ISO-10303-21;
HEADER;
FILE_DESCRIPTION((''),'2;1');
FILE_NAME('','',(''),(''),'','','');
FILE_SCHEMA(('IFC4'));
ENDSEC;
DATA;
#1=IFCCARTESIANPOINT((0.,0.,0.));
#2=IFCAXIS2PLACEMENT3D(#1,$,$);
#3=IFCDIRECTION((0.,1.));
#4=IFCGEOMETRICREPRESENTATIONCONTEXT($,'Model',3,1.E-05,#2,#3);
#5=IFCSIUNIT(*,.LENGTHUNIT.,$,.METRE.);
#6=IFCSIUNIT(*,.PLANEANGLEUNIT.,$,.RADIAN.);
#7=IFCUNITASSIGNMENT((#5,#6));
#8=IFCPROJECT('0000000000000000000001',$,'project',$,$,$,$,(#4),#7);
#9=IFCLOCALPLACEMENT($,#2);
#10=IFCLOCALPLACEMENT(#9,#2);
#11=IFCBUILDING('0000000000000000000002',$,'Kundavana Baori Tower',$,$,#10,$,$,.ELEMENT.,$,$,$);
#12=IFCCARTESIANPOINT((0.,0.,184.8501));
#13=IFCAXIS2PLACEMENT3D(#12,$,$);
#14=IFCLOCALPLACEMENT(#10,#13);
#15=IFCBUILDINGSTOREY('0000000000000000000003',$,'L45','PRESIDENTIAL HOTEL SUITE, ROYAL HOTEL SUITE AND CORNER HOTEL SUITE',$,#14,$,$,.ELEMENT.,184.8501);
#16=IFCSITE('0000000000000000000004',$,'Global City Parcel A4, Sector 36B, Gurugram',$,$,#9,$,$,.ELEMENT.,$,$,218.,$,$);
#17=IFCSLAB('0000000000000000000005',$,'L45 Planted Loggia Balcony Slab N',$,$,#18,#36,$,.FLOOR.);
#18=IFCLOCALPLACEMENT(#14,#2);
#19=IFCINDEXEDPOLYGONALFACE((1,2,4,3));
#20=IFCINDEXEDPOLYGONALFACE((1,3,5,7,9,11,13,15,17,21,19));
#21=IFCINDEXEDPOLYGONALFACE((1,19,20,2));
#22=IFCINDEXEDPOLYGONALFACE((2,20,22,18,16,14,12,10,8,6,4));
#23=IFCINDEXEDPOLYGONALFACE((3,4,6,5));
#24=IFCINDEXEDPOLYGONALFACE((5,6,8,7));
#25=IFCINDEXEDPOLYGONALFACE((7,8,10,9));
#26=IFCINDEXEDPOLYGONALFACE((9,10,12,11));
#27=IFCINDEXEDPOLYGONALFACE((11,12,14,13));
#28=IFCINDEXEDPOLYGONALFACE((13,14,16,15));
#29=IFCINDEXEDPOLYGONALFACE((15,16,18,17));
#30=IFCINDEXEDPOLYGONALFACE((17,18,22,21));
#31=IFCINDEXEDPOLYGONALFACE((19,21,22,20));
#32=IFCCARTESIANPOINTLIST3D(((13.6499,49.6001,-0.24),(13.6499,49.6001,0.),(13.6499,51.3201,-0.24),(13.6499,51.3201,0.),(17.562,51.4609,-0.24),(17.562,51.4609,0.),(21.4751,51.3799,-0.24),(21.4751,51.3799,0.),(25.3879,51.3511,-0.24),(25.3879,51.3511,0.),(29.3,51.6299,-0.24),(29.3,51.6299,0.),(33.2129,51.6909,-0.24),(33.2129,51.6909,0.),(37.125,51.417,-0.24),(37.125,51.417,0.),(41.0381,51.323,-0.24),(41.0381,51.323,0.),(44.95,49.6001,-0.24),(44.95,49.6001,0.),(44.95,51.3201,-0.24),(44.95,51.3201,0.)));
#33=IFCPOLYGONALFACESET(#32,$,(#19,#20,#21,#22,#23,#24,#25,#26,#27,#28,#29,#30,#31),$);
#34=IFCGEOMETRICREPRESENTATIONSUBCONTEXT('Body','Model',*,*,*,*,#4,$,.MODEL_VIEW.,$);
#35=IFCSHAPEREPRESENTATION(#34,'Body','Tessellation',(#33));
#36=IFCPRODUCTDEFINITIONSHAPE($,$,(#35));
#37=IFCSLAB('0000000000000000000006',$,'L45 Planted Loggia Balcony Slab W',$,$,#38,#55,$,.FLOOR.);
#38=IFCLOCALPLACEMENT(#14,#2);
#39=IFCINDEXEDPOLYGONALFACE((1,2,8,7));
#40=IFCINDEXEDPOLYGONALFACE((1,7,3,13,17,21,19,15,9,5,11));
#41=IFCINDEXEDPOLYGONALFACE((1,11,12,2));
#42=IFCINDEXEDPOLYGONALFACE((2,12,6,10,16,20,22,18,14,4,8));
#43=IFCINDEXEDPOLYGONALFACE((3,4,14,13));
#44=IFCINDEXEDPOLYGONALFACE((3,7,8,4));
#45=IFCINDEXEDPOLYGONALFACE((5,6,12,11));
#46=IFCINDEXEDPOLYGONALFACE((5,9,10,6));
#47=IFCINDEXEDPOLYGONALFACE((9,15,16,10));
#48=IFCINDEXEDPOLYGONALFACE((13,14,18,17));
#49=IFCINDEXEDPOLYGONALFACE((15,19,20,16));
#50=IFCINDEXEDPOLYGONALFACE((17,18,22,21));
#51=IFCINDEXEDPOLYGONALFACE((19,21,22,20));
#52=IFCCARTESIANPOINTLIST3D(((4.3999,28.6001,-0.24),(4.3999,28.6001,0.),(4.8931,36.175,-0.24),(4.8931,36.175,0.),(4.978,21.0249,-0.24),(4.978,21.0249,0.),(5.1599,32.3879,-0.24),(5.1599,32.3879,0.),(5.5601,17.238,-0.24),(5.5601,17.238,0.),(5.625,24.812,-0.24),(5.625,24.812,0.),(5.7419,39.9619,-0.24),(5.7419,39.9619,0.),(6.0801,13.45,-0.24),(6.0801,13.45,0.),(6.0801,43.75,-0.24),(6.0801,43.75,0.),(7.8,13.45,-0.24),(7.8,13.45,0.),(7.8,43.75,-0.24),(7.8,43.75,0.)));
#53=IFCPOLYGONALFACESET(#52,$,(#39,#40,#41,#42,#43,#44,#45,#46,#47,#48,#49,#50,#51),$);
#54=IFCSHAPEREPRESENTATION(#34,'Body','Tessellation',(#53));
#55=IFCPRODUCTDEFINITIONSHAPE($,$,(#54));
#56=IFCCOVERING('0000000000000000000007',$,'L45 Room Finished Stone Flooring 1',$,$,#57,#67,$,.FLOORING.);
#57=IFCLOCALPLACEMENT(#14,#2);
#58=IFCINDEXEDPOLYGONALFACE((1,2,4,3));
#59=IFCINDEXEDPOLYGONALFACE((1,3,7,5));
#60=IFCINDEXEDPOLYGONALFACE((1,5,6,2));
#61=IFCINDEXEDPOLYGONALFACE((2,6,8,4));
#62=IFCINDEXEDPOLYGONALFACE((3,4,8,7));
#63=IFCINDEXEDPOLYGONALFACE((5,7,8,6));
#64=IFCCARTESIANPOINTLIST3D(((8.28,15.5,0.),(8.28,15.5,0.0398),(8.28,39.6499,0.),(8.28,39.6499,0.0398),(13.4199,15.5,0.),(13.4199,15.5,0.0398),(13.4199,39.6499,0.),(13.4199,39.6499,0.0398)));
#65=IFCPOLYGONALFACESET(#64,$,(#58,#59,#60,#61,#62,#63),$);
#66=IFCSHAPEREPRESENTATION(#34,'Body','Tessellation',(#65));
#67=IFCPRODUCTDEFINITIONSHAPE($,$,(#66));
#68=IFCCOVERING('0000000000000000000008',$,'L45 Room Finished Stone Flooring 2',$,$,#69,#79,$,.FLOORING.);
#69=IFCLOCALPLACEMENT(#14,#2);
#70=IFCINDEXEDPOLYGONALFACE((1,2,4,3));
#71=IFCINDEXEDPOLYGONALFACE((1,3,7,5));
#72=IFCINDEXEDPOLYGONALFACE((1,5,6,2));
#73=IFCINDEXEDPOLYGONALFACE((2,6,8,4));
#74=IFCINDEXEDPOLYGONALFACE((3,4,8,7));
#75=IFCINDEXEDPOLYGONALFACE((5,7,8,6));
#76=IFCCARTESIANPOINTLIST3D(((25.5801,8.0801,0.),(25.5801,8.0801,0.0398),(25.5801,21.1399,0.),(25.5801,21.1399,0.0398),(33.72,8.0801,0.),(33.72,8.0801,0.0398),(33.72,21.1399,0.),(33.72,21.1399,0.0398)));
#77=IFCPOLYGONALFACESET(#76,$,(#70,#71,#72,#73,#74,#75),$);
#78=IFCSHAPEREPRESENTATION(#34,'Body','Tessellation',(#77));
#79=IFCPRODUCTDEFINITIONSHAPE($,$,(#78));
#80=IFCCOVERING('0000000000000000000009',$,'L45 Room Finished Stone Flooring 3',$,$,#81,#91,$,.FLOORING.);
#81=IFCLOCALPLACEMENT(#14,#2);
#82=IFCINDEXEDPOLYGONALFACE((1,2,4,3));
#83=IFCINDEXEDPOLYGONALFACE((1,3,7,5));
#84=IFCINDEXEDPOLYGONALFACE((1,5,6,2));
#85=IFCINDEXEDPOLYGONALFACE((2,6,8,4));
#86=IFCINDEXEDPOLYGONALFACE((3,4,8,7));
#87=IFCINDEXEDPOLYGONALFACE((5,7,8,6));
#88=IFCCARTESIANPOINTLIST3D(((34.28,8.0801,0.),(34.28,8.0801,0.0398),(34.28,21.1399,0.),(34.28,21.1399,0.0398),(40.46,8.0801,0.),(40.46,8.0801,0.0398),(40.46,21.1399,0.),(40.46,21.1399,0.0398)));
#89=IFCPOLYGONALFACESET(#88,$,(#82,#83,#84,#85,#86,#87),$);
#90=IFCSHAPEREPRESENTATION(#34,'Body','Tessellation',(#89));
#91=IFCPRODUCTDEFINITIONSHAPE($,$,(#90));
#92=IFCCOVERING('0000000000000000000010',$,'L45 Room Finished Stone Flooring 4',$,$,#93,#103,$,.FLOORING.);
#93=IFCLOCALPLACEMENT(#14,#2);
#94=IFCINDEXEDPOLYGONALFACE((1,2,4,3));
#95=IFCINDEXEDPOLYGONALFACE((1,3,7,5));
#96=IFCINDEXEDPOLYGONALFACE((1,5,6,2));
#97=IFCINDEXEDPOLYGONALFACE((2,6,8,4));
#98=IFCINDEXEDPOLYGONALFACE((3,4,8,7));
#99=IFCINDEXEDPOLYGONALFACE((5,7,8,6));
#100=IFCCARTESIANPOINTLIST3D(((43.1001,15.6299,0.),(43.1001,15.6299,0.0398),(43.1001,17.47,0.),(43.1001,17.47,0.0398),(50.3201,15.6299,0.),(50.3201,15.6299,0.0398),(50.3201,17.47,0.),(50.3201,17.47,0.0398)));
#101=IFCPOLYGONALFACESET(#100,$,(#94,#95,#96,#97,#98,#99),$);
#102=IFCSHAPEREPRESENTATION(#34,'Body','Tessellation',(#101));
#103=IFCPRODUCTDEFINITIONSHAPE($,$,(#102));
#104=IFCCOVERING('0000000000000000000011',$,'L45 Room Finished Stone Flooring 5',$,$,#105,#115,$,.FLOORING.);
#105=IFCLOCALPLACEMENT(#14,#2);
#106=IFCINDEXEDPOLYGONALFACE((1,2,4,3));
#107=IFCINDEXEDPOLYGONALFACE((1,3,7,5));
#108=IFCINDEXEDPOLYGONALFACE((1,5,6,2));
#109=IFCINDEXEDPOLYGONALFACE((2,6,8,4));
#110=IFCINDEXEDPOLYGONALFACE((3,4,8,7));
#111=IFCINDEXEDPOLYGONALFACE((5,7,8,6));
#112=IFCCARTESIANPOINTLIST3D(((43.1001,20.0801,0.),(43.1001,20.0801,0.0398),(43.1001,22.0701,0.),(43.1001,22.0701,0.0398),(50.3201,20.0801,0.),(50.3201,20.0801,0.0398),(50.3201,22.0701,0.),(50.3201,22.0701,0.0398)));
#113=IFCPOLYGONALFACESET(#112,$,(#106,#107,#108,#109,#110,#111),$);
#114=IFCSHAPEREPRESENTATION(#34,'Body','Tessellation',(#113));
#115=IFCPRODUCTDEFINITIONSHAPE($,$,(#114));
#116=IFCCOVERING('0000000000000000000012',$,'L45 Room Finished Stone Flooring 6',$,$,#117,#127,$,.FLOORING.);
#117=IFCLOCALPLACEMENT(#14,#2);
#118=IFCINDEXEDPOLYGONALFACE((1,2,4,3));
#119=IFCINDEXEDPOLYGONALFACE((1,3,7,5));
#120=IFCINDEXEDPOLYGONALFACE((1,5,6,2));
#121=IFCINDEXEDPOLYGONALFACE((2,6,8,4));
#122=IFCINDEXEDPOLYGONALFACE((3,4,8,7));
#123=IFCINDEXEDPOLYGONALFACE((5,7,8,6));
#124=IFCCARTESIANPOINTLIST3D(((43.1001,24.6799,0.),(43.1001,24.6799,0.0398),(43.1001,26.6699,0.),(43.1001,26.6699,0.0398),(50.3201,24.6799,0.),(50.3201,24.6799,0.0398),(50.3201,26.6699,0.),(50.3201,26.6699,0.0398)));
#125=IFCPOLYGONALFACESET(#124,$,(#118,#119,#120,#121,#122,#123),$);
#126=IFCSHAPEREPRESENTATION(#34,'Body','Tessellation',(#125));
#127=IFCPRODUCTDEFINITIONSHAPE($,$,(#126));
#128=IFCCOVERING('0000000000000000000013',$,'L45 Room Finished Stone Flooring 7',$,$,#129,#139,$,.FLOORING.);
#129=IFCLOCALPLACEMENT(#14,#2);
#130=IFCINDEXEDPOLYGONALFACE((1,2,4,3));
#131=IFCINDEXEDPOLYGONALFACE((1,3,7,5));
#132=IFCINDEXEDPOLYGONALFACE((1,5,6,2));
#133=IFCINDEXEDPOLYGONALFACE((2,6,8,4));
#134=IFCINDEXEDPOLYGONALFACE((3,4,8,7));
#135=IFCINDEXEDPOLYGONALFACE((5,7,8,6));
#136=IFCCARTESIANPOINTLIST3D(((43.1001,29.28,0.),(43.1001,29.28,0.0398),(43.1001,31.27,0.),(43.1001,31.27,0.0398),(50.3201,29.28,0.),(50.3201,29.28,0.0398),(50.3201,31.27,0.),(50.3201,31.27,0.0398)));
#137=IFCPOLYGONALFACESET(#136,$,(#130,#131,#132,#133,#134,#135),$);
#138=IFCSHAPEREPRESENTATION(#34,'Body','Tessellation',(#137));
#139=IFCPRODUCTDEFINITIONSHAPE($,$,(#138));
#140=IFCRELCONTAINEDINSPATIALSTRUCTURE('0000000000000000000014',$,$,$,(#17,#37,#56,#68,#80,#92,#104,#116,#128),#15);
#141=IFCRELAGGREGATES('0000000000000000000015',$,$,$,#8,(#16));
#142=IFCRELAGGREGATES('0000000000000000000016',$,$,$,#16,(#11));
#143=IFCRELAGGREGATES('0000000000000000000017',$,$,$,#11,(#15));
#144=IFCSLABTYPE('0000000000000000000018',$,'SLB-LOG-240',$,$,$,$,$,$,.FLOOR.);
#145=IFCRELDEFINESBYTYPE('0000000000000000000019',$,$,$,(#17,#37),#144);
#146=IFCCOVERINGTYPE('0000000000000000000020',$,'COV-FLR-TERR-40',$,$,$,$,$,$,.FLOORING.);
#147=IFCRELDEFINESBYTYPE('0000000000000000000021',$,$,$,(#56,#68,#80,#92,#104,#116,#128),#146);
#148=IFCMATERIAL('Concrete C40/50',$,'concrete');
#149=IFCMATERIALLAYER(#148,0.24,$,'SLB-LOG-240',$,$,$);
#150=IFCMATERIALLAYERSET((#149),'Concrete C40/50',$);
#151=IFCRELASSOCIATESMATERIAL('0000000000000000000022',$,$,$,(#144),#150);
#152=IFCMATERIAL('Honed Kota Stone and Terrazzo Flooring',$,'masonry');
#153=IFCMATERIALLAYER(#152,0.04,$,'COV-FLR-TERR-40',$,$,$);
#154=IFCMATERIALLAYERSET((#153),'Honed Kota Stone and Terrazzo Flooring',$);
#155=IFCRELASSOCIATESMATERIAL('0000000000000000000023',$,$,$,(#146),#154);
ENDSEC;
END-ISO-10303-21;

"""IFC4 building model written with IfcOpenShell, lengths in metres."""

from ifc_helpers import new_model, si_unit, direction, frame, origin, place, context, subcontext, project, spatial, polyline, outline, extrude, material, layer, layer_set, type_object, element, save


model = new_model("IFC4")

# Units and contexts
model_context = context("Model", 3, precision=1e-05, world=origin(), true_north=direction((0.0, 1.0)))
body_context = subcontext(model_context, "Body", "Model", "MODEL_VIEW")
ifc_project = project(units=[si_unit("LENGTHUNIT", "METRE"), si_unit("PLANEANGLEUNIT", "RADIAN")], contexts=[model_context])

# Site, building, storey
site_placement = place(None, origin())
site = spatial("IfcSite", under=ifc_project, at=site_placement, Name="Global City Parcel A4, Sector 36B, Gurugram", CompositionType="ELEMENT", RefElevation=218.0)
building_placement = place(site_placement, origin())
building = spatial("IfcBuilding", under=site, at=building_placement, Name="Kundavana Baori Tower", CompositionType="ELEMENT")
storey_placement = place(building_placement, frame((0.0, 0.0, 184.8501)))
storey = spatial("IfcBuildingStorey", under=building, at=storey_placement, Name="L45", Description="PRESIDENTIAL HOTEL SUITE, ROYAL HOTEL SUITE AND CORNER HOTEL SUITE", CompositionType="ELEMENT", Elevation=184.8501)

# Slabs
ifc_material_1 = material(Name="Concrete C40/50", Category="concrete")
ifc_layer_1 = layer(ifc_material_1, 0.24, Name="SLB-LOG-240")
ifc_layer_set_1 = layer_set([ifc_layer_1], Name="Concrete C40/50")
slab_type_1 = type_object("IfcSlabType", Name="SLB-LOG-240", PredefinedType="FLOOR", material=ifc_layer_set_1)
slab_1_placement = place(storey_placement, frame((0.0, 0.0, -0.24)))
element("IfcSlab", 1, at=slab_1_placement, inside=storey, type_object=slab_type_1, Name="L45 Planted Loggia Balcony Slab N", PredefinedType="FLOOR", context=body_context, shape_type="SweptSolid", body=[
    extrude(outline(polyline([(44.95, 49.6001), (13.6499, 49.6001), (13.6499, 51.3201), (17.562, 51.4609), (21.4751, 51.3799), (25.3879, 51.3511), (29.3, 51.6299), (33.2129, 51.6909), (37.125, 51.417), (41.0381, 51.323), (44.95, 51.3201), (44.95, 49.6001)])), origin(), (0.0, 0.0, 1.0), 0.24),
])
slab_2_placement = place(storey_placement, frame((0.0, 0.0, -0.24)))
element("IfcSlab", 2, at=slab_2_placement, inside=storey, type_object=slab_type_1, Name="L45 Planted Loggia Balcony Slab W", PredefinedType="FLOOR", context=body_context, shape_type="SweptSolid", body=[
    extrude(outline(polyline([(7.8, 43.75), (7.8, 13.45), (6.0801, 13.45), (5.5601, 17.238), (4.978, 21.0249), (5.625, 24.812), (4.3999, 28.6001), (5.1599, 32.3879), (4.8931, 36.175), (5.7419, 39.9619), (6.0801, 43.75), (7.8, 43.75)])), origin(), (0.0, 0.0, 1.0), 0.24),
])

# Coverings
ifc_material_2 = material(Name="Honed Kota Stone and Terrazzo Flooring", Category="masonry")
ifc_layer_2 = layer(ifc_material_2, 0.04, Name="COV-FLR-TERR-40")
ifc_layer_set_2 = layer_set([ifc_layer_2], Name="Honed Kota Stone and Terrazzo Flooring")
covering_type = type_object("IfcCoveringType", Name="COV-FLR-TERR-40", PredefinedType="FLOORING", material=ifc_layer_set_2)
covering_1_placement = place(storey_placement, origin())
element("IfcCovering", 3, at=covering_1_placement, inside=storey, type_object=covering_type, Name="L45 Room Finished Stone Flooring 1", PredefinedType="FLOORING", context=body_context, shape_type="SweptSolid", body=[
    extrude(outline(polyline([(8.28, 15.5), (13.4199, 15.5), (13.4199, 39.6499), (8.28, 39.6499), (8.28, 15.5)])), origin(), (0.0, 0.0, 1.0), 0.0398),
])
covering_2_placement = place(storey_placement, origin())
element("IfcCovering", 4, at=covering_2_placement, inside=storey, type_object=covering_type, Name="L45 Room Finished Stone Flooring 2", PredefinedType="FLOORING", context=body_context, shape_type="SweptSolid", body=[
    extrude(outline(polyline([(25.5801, 8.0801), (33.72, 8.0801), (33.72, 21.1399), (25.5801, 21.1399), (25.5801, 8.0801)])), origin(), (0.0, 0.0, 1.0), 0.0398),
])
covering_3_placement = place(storey_placement, origin())
element("IfcCovering", 5, at=covering_3_placement, inside=storey, type_object=covering_type, Name="L45 Room Finished Stone Flooring 3", PredefinedType="FLOORING", context=body_context, shape_type="SweptSolid", body=[
    extrude(outline(polyline([(34.28, 8.0801), (40.46, 8.0801), (40.46, 21.1399), (34.28, 21.1399), (34.28, 8.0801)])), origin(), (0.0, 0.0, 1.0), 0.0398),
])
covering_4_placement = place(storey_placement, origin())
element("IfcCovering", 6, at=covering_4_placement, inside=storey, type_object=covering_type, Name="L45 Room Finished Stone Flooring 4", PredefinedType="FLOORING", context=body_context, shape_type="SweptSolid", body=[
    extrude(outline(polyline([(43.1001, 15.6299), (50.3201, 15.6299), (50.3201, 17.47), (43.1001, 17.47), (43.1001, 15.6299)])), origin(), (0.0, 0.0, 1.0), 0.0398),
])
covering_5_placement = place(storey_placement, origin())
element("IfcCovering", 7, at=covering_5_placement, inside=storey, type_object=covering_type, Name="L45 Room Finished Stone Flooring 5", PredefinedType="FLOORING", context=body_context, shape_type="SweptSolid", body=[
    extrude(outline(polyline([(43.1001, 20.0801), (50.3201, 20.0801), (50.3201, 22.0701), (43.1001, 22.0701), (43.1001, 20.0801)])), origin(), (0.0, 0.0, 1.0), 0.0398),
])
covering_6_placement = place(storey_placement, origin())
element("IfcCovering", 8, at=covering_6_placement, inside=storey, type_object=covering_type, Name="L45 Room Finished Stone Flooring 6", PredefinedType="FLOORING", context=body_context, shape_type="SweptSolid", body=[
    extrude(outline(polyline([(43.1001, 24.6799), (50.3201, 24.6799), (50.3201, 26.6699), (43.1001, 26.6699), (43.1001, 24.6799)])), origin(), (0.0, 0.0, 1.0), 0.0398),
])
covering_7_placement = place(storey_placement, origin())
element("IfcCovering", 9, at=covering_7_placement, inside=storey, type_object=covering_type, Name="L45 Room Finished Stone Flooring 7", PredefinedType="FLOORING", context=body_context, shape_type="SweptSolid", body=[
    extrude(outline(polyline([(43.1001, 29.28), (50.3201, 29.28), (50.3201, 31.27), (43.1001, 31.27), (43.1001, 29.28)])), origin(), (0.0, 0.0, 1.0), 0.0398),
])

save(model, "model.ifc")
